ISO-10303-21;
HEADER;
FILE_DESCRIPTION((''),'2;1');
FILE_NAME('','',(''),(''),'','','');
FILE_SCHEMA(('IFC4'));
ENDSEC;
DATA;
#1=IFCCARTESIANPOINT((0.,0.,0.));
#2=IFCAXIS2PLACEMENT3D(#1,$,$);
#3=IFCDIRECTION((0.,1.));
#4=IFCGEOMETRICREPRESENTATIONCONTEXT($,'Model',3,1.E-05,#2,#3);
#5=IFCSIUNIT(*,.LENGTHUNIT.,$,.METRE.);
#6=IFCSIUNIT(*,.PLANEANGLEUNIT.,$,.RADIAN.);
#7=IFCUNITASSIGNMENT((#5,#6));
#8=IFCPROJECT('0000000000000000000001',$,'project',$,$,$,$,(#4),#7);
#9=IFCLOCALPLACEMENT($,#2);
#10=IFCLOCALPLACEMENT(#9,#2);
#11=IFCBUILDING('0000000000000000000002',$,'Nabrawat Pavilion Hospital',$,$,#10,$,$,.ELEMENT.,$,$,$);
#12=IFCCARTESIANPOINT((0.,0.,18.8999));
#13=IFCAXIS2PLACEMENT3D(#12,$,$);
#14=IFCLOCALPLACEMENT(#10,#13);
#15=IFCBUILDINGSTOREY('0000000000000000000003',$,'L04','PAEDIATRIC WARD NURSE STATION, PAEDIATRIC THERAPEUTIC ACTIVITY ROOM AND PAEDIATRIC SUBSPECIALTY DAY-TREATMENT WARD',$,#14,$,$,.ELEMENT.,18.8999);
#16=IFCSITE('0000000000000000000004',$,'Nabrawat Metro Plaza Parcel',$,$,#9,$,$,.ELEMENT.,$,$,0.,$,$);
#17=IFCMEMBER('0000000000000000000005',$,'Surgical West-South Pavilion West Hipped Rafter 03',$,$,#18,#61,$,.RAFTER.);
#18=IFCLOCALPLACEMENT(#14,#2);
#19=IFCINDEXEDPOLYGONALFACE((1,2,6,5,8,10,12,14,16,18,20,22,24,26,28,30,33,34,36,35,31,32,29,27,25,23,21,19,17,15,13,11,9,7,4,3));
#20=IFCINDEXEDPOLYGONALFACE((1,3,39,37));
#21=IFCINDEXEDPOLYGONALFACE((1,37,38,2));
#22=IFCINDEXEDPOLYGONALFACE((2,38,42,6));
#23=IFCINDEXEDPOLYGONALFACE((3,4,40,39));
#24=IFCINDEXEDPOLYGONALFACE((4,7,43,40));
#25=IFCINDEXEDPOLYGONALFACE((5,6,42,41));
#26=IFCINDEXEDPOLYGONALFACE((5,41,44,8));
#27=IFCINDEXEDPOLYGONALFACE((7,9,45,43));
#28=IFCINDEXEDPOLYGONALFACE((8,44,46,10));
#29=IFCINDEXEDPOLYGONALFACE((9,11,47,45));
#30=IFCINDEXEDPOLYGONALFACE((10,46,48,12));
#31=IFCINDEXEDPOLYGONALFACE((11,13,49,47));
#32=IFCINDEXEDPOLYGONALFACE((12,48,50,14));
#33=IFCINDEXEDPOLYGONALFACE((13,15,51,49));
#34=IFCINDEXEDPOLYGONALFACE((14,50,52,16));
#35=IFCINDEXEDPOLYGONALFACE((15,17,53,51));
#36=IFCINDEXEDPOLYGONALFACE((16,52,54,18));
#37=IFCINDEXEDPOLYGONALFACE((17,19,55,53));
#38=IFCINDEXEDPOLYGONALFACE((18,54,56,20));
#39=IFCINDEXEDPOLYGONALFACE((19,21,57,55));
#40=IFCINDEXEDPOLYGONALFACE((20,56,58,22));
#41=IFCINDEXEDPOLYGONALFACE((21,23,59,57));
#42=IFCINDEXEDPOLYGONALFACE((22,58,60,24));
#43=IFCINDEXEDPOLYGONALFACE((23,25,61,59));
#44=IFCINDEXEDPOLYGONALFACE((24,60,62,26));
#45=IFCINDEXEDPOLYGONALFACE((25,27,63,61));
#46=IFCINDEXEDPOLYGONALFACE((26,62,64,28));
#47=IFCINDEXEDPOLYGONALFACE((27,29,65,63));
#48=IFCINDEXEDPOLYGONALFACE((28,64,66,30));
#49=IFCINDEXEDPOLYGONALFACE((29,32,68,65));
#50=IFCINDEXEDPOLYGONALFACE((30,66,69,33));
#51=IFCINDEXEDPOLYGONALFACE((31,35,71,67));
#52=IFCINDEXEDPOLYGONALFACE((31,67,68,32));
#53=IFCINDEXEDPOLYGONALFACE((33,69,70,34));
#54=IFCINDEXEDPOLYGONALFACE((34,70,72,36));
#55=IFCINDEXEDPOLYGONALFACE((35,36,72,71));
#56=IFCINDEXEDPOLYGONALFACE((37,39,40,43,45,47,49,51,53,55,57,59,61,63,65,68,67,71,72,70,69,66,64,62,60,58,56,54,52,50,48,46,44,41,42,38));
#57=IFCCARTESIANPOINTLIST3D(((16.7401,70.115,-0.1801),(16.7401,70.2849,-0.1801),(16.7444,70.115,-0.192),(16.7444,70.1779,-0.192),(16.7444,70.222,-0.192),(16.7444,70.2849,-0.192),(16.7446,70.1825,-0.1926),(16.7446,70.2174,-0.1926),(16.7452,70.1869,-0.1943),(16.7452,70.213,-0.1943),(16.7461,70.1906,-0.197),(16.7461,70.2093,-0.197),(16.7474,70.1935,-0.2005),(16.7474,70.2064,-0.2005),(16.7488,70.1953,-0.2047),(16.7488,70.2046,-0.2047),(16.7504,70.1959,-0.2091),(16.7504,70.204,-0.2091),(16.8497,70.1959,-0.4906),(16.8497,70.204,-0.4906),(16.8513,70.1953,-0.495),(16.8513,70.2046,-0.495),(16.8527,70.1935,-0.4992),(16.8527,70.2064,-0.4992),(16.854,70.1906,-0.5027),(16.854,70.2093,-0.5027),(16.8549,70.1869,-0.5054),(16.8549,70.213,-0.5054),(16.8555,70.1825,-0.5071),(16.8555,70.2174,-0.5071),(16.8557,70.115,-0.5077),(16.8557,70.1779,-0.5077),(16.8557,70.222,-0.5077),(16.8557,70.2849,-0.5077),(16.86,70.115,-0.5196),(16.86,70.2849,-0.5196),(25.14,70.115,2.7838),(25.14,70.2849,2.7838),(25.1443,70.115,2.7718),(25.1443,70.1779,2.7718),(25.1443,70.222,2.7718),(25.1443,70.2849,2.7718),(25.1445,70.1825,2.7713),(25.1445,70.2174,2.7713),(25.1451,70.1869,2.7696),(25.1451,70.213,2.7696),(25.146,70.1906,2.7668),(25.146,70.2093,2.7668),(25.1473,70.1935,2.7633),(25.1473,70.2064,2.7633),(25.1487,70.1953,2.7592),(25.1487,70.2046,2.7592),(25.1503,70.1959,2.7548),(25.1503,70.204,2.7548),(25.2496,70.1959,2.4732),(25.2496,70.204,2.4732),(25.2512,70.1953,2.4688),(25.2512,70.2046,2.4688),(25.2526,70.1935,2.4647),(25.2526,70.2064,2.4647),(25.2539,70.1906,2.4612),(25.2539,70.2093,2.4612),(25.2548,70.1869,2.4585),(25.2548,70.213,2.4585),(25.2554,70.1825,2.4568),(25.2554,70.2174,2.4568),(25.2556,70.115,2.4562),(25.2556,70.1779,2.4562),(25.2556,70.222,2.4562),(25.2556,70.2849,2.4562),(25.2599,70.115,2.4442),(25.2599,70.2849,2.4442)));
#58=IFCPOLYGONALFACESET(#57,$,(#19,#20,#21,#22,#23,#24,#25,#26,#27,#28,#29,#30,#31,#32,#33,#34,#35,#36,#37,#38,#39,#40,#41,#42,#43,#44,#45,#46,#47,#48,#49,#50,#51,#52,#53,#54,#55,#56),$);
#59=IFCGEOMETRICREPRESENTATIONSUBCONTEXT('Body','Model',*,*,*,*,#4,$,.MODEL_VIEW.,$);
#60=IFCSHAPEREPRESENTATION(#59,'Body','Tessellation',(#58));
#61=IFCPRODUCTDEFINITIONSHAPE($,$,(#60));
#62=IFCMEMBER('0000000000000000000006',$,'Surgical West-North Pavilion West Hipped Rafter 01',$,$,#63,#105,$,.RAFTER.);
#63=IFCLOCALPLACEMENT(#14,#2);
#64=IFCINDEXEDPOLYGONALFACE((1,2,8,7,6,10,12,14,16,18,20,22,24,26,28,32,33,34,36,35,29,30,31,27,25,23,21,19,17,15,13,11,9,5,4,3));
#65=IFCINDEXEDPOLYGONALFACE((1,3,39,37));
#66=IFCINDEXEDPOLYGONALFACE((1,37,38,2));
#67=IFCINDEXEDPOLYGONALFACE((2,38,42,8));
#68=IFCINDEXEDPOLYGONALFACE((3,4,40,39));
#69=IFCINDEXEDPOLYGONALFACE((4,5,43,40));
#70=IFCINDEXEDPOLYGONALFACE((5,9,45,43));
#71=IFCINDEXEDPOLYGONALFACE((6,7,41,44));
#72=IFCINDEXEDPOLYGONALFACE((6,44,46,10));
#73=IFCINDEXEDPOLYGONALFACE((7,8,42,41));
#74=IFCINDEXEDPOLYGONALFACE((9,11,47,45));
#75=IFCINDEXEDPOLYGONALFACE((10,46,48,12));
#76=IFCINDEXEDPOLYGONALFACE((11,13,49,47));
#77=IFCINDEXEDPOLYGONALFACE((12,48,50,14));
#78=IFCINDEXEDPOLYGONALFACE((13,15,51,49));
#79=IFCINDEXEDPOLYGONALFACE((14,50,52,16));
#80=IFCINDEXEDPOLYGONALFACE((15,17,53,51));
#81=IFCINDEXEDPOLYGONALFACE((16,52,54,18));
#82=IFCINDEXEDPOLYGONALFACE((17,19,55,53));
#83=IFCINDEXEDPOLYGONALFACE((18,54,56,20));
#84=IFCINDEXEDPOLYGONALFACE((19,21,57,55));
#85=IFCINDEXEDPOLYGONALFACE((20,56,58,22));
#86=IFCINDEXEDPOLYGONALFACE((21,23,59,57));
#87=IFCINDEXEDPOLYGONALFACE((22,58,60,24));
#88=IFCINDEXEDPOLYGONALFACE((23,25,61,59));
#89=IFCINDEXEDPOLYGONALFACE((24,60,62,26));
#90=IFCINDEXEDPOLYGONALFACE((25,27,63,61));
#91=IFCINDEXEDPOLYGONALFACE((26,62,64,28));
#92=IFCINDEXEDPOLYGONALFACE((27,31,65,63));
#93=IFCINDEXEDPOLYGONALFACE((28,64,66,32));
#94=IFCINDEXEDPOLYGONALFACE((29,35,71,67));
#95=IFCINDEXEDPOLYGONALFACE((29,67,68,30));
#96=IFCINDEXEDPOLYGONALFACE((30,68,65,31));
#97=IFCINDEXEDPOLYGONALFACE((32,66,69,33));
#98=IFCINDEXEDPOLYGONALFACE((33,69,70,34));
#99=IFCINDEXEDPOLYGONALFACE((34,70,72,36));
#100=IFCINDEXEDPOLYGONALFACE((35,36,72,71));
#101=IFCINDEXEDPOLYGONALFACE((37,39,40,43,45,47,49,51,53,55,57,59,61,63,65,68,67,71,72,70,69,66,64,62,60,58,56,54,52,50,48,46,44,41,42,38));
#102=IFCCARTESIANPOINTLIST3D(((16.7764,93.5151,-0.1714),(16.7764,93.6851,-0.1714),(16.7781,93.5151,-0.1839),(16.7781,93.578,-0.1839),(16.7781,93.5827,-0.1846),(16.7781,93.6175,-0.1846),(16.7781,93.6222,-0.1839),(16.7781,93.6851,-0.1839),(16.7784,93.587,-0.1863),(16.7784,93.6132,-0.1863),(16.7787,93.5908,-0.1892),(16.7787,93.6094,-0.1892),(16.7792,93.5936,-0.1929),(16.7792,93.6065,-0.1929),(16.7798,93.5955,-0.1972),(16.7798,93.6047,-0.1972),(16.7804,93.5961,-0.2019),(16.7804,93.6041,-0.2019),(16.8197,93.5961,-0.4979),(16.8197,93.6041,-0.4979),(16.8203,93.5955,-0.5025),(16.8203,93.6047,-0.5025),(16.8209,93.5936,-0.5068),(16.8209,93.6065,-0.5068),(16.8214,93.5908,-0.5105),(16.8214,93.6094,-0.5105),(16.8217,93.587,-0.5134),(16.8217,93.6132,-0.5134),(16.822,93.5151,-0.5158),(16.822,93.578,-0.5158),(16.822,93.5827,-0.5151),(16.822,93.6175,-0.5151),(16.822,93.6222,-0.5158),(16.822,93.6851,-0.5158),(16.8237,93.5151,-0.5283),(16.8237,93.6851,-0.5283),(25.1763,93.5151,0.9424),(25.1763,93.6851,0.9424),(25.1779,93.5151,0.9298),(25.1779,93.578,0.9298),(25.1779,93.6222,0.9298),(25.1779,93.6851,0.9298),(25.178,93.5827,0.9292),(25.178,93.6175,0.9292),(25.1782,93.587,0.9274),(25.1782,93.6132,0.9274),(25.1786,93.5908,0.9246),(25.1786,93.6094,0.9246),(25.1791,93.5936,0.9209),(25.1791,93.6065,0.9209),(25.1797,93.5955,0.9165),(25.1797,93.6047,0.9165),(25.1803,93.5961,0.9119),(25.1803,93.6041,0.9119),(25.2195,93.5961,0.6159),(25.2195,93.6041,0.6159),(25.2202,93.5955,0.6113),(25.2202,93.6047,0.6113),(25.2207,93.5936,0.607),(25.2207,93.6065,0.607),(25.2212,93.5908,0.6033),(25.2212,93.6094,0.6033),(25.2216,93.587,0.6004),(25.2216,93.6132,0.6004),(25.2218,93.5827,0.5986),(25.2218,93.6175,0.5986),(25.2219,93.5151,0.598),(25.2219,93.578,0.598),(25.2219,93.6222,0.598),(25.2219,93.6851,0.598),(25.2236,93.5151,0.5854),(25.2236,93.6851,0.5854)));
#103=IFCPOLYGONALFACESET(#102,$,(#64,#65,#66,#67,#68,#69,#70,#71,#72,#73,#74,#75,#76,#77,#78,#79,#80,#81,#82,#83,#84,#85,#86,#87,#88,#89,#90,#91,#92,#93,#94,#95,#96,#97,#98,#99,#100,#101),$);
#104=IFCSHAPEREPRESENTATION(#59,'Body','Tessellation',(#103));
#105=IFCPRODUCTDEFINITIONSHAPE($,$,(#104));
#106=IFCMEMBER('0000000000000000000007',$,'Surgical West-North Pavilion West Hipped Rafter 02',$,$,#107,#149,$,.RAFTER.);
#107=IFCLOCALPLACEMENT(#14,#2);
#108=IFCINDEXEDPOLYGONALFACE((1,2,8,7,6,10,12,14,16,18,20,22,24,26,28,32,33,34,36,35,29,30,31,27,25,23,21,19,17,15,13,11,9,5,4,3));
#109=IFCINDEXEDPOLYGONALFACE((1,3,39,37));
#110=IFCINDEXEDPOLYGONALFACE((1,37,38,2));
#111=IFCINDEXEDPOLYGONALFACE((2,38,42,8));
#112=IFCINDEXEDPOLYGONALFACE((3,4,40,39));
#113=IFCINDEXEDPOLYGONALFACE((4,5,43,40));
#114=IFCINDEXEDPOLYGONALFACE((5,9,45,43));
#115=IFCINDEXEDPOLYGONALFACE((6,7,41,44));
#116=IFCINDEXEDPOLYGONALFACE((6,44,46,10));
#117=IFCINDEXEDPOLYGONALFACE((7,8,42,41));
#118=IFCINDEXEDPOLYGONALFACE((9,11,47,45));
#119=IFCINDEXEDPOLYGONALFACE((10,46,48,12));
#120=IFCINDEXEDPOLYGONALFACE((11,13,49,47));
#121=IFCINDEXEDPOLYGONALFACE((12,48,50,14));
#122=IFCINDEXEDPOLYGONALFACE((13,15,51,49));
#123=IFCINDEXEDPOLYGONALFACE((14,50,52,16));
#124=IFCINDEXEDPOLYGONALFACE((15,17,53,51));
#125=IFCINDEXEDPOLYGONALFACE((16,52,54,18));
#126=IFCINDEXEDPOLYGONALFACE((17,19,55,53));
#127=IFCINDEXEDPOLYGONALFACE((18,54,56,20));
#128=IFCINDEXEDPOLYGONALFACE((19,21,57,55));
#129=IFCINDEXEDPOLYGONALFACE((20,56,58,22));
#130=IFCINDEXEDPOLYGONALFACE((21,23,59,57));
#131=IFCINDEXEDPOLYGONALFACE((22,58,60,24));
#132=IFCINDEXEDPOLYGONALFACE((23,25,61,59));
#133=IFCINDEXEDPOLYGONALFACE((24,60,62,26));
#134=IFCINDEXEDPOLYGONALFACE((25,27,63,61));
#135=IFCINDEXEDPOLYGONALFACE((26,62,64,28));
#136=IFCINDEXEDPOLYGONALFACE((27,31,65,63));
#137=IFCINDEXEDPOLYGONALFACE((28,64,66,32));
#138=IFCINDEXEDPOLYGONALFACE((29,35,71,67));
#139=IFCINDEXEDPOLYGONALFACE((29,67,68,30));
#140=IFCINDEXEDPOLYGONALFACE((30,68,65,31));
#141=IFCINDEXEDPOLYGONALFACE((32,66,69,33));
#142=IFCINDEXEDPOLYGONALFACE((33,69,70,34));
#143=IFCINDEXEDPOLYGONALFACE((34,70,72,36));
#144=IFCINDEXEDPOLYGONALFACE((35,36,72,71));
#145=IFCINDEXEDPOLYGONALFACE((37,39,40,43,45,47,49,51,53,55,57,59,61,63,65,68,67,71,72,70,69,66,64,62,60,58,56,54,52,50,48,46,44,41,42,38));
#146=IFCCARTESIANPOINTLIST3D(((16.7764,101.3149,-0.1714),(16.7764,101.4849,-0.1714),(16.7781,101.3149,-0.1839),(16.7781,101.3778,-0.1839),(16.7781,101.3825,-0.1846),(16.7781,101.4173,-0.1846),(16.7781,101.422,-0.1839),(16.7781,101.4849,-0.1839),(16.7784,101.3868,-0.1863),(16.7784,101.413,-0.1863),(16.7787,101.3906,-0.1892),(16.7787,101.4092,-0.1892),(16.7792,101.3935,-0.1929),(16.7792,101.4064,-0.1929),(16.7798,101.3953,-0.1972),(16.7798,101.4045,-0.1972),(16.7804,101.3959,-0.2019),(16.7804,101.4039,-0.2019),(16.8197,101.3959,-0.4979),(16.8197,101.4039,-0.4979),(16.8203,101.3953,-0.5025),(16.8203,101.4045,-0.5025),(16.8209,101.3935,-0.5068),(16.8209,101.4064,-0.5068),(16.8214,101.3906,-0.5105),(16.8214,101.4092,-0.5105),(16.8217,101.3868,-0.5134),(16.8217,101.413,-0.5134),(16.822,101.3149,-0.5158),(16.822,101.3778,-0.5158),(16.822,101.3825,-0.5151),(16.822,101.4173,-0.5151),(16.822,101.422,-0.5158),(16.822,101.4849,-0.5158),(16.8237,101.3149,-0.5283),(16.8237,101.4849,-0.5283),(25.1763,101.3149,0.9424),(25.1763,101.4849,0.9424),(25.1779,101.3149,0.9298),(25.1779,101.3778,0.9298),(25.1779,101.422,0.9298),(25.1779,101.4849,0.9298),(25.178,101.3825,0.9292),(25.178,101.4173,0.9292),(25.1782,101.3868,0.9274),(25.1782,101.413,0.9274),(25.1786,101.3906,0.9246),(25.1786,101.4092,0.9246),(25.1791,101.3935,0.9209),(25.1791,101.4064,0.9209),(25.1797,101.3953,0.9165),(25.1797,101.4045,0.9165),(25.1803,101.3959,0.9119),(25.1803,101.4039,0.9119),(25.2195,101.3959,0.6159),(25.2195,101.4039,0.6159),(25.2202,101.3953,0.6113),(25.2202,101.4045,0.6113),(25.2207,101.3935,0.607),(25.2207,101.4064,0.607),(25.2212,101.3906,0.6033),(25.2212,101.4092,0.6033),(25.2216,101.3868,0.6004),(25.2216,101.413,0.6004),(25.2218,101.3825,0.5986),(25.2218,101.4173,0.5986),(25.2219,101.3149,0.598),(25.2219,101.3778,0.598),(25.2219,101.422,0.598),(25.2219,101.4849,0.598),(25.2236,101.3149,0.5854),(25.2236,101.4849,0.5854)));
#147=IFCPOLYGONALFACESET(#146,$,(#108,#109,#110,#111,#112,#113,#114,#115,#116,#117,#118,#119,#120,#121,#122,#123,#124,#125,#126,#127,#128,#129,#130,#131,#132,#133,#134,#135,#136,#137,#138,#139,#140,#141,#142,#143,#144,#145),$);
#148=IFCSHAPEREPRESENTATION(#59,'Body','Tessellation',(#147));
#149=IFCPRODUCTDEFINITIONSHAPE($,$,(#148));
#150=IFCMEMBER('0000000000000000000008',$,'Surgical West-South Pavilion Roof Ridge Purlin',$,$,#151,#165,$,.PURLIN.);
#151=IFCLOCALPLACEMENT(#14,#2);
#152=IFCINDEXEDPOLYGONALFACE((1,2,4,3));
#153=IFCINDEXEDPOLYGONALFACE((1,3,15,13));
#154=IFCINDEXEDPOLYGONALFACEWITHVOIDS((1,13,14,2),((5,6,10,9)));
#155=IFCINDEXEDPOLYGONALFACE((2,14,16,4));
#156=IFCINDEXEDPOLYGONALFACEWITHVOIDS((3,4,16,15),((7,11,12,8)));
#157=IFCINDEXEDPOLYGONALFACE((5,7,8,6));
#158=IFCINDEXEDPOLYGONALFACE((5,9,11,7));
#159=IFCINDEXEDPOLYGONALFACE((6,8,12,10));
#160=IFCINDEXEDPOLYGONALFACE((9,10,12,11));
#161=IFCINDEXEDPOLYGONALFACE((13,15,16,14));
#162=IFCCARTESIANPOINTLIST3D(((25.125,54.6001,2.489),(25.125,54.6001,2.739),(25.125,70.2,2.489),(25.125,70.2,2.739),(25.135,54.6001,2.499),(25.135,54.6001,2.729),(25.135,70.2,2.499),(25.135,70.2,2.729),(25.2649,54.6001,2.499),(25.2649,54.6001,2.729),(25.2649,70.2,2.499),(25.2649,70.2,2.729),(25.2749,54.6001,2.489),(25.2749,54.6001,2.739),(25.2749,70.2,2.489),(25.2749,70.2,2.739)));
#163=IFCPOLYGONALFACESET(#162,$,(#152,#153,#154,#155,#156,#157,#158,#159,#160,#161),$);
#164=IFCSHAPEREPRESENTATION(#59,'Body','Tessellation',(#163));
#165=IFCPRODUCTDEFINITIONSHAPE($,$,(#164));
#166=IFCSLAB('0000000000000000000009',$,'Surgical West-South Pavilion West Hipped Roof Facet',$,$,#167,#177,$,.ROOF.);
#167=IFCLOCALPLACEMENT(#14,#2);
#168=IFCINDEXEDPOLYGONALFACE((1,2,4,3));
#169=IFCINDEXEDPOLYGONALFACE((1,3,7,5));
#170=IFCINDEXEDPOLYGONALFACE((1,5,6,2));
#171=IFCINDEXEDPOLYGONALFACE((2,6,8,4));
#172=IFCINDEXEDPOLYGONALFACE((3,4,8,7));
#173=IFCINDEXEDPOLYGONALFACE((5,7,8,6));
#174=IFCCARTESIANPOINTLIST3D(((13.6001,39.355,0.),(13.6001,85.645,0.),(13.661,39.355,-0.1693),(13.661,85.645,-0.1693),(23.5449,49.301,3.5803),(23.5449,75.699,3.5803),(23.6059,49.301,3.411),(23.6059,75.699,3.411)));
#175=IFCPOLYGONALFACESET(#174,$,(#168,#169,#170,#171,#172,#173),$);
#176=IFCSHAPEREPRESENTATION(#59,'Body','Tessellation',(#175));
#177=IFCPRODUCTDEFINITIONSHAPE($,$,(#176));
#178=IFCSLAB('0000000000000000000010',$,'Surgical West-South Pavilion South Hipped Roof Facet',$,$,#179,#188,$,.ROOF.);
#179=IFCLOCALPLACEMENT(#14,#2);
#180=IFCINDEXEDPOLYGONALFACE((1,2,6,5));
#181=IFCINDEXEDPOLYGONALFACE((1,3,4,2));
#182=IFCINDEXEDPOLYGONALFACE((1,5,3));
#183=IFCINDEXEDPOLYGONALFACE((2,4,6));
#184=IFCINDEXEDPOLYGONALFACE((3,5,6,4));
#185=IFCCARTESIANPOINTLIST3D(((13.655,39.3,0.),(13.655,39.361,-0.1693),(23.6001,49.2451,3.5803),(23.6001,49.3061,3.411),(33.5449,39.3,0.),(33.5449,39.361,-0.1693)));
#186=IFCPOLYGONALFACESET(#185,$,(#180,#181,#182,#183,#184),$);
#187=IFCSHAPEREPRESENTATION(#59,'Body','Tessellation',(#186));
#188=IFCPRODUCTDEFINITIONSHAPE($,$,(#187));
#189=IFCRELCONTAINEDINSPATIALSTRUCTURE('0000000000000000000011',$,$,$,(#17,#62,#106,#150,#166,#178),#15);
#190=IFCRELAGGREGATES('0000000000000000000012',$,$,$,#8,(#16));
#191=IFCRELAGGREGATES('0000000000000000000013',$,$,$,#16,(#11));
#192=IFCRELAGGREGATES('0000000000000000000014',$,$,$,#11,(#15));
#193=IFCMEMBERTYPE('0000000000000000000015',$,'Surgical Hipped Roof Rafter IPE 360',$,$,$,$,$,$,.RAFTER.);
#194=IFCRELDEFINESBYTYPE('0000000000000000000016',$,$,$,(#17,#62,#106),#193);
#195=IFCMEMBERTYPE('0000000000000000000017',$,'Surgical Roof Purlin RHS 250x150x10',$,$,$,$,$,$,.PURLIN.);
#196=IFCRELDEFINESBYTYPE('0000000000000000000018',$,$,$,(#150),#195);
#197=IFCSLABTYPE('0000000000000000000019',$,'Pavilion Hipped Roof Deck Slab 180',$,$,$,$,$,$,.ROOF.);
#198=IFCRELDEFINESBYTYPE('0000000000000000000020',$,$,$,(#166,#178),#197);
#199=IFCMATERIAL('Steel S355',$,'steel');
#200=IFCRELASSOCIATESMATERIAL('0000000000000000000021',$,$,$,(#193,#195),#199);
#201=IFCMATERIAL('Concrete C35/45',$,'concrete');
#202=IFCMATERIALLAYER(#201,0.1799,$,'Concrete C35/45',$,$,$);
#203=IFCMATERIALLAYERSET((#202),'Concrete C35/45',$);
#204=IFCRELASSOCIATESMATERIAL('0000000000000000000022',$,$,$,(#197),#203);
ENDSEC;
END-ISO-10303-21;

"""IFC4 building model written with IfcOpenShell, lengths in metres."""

from ifc_helpers import new_model, si_unit, direction, frame, origin, origin_2d, place, context, subcontext, project, spatial, polyline, hollow_rectangle, i_section, outline, extrude, material, layer, layer_set, material_profile, profile_set, type_object, element, save


model = new_model("IFC4")

# Units and contexts
model_context = context("Model", 3, precision=1e-05, world=origin(), true_north=direction((0.0, 1.0)))
body_context = subcontext(model_context, "Body", "Model", "MODEL_VIEW")
ifc_project = project(units=[si_unit("LENGTHUNIT", "METRE"), si_unit("PLANEANGLEUNIT", "RADIAN")], contexts=[model_context])

# Site, building, storey
site_placement = place(None, origin())
site = spatial("IfcSite", under=ifc_project, at=site_placement, Name="Nabrawat Metro Plaza Parcel", CompositionType="ELEMENT", RefElevation=0.0)
building_placement = place(site_placement, origin())
building = spatial("IfcBuilding", under=site, at=building_placement, Name="Nabrawat Pavilion Hospital", CompositionType="ELEMENT")
storey_placement = place(building_placement, frame((0.0, 0.0, 18.8999)))
storey = spatial("IfcBuildingStorey", under=building, at=storey_placement, Name="L04", Description="PAEDIATRIC WARD NURSE STATION, PAEDIATRIC THERAPEUTIC ACTIVITY ROOM AND PAEDIATRIC SUBSPECIALTY DAY-TREATMENT WARD", CompositionType="ELEMENT", Elevation=18.8999)

# Members
ifc_material_1 = material(Name="Steel S355", Category="steel")
ifc_material_profile_1 = material_profile(ifc_material_1, i_section(OverallWidth=0.1699, OverallDepth=0.3601, WebThickness=0.0081, FlangeThickness=0.0127, FilletRadius=0.0181, at=origin_2d()), Name="IPE 360")
ifc_profile_set_1 = profile_set([ifc_material_profile_1], Name="Steel S355")
member_type_1 = type_object("IfcMemberType", Name="Surgical Hipped Roof Rafter IPE 360", PredefinedType="RAFTER", material=ifc_profile_set_1)
for number, where, z_axis, x_axis, name in (
    (1, (16.8, 70.2, -0.3499), (0.943019, 0.0, 0.33274), (0.0, 1.0, 0.0), "Surgical West-South Pavilion West Hipped Rafter 03"),
):
    element("IfcMember", number, at=place(storey_placement, frame(where, z_axis=z_axis, x_axis=x_axis)), inside=storey, type_object=member_type_1, Name=name, PredefinedType="RAFTER", context=body_context, shape_type="SweptSolid", body=[
        extrude(i_section(OverallWidth=0.1699, OverallDepth=0.3601, WebThickness=0.0081, FlangeThickness=0.0127, FilletRadius=0.0181, at=origin_2d()), origin(), (0.0, 0.0, 1.0), 8.9075),
    ])
for number, where, z_axis, x_axis, name in (
    (2, (16.8, 93.6001, -0.3499), (0.991324, 0.0, 0.131443), (0.0, 1.0, 0.0), "Surgical West-North Pavilion West Hipped Rafter 01"),
    (3, (16.8, 101.3999, -0.3499), (0.991324, 0.0, 0.131443), (0.0, 1.0, 0.0), "Surgical West-North Pavilion West Hipped Rafter 02"),
):
    element("IfcMember", number, at=place(storey_placement, frame(where, z_axis=z_axis, x_axis=x_axis)), inside=storey, type_object=member_type_1, Name=name, PredefinedType="RAFTER", context=body_context, shape_type="SweptSolid", body=[
        extrude(i_section(OverallWidth=0.1699, OverallDepth=0.3601, WebThickness=0.0081, FlangeThickness=0.0127, FilletRadius=0.0181, at=origin_2d()), origin(), (0.0, 0.0, 1.0), 8.4734),
    ])
ifc_material_profile_2 = material_profile(ifc_material_1, hollow_rectangle(XDim=0.1499, YDim=0.25, WallThickness=0.01, at=origin_2d()), Name="RHS 250x150x10")
ifc_profile_set_2 = profile_set([ifc_material_profile_2], Name="Steel S355")
member_type_2 = type_object("IfcMemberType", Name="Surgical Roof Purlin RHS 250x150x10", PredefinedType="PURLIN", material=ifc_profile_set_2)
member_placement = place(storey_placement, frame((25.2, 54.6001, 2.614), z_axis=(0.0, 1.0, 0.0), x_axis=(-1.0, 0.0, 0.0)))
element("IfcMember", 4, at=member_placement, inside=storey, type_object=member_type_2, Name="Surgical West-South Pavilion Roof Ridge Purlin", PredefinedType="PURLIN", context=body_context, shape_type="SweptSolid", body=[
    extrude(hollow_rectangle(XDim=0.1499, YDim=0.25, WallThickness=0.01, at=origin_2d()), origin(), (0.0, 0.0, 1.0), 15.5999),
])

# Slabs
ifc_material_2 = material(Name="Concrete C35/45", Category="concrete")
ifc_layer_1 = layer(ifc_material_2, 0.1799, Name="Concrete C35/45")
ifc_layer_set_1 = layer_set([ifc_layer_1], Name="Concrete C35/45")
slab_type = type_object("IfcSlabType", Name="Pavilion Hipped Roof Deck Slab 180", PredefinedType="ROOF", material=ifc_layer_set_1)
slab_1_placement = place(storey_placement, frame((13.6001, 85.645, 0.0), z_axis=(-0.338735, 0.0, 0.940882), x_axis=(0.0, -1.0, 0.0)))
element("IfcSlab", 5, at=slab_1_placement, inside=storey, type_object=slab_type, Name="Surgical West-South Pavilion West Hipped Roof Facet", PredefinedType="ROOF", context=body_context, shape_type="SweptSolid", body=[
    extrude(outline(polyline([(0.0, 0.0), (46.29, 0.0), (36.344, 10.5697), (9.946, 10.5697), (0.0, 0.0)])), origin(), (0.0, 0.0, -1.0), 0.1799),
])
slab_2_placement = place(storey_placement, frame((13.655, 39.3, 0.0), z_axis=(0.0, -0.338728, 0.940884), x_axis=(1.0, 0.0, 0.0)))
element("IfcSlab", 6, at=slab_2_placement, inside=storey, type_object=slab_type, Name="Surgical West-South Pavilion South Hipped Roof Facet", PredefinedType="ROOF", context=body_context, shape_type="SweptSolid", body=[
    extrude(outline(polyline([(0.0, 0.0), (19.8899, 0.0), (9.9451, 10.5699), (0.0, 0.0)])), origin(), (0.0, 0.0, -1.0), 0.1799),
])

save(model, "model.ifc")
